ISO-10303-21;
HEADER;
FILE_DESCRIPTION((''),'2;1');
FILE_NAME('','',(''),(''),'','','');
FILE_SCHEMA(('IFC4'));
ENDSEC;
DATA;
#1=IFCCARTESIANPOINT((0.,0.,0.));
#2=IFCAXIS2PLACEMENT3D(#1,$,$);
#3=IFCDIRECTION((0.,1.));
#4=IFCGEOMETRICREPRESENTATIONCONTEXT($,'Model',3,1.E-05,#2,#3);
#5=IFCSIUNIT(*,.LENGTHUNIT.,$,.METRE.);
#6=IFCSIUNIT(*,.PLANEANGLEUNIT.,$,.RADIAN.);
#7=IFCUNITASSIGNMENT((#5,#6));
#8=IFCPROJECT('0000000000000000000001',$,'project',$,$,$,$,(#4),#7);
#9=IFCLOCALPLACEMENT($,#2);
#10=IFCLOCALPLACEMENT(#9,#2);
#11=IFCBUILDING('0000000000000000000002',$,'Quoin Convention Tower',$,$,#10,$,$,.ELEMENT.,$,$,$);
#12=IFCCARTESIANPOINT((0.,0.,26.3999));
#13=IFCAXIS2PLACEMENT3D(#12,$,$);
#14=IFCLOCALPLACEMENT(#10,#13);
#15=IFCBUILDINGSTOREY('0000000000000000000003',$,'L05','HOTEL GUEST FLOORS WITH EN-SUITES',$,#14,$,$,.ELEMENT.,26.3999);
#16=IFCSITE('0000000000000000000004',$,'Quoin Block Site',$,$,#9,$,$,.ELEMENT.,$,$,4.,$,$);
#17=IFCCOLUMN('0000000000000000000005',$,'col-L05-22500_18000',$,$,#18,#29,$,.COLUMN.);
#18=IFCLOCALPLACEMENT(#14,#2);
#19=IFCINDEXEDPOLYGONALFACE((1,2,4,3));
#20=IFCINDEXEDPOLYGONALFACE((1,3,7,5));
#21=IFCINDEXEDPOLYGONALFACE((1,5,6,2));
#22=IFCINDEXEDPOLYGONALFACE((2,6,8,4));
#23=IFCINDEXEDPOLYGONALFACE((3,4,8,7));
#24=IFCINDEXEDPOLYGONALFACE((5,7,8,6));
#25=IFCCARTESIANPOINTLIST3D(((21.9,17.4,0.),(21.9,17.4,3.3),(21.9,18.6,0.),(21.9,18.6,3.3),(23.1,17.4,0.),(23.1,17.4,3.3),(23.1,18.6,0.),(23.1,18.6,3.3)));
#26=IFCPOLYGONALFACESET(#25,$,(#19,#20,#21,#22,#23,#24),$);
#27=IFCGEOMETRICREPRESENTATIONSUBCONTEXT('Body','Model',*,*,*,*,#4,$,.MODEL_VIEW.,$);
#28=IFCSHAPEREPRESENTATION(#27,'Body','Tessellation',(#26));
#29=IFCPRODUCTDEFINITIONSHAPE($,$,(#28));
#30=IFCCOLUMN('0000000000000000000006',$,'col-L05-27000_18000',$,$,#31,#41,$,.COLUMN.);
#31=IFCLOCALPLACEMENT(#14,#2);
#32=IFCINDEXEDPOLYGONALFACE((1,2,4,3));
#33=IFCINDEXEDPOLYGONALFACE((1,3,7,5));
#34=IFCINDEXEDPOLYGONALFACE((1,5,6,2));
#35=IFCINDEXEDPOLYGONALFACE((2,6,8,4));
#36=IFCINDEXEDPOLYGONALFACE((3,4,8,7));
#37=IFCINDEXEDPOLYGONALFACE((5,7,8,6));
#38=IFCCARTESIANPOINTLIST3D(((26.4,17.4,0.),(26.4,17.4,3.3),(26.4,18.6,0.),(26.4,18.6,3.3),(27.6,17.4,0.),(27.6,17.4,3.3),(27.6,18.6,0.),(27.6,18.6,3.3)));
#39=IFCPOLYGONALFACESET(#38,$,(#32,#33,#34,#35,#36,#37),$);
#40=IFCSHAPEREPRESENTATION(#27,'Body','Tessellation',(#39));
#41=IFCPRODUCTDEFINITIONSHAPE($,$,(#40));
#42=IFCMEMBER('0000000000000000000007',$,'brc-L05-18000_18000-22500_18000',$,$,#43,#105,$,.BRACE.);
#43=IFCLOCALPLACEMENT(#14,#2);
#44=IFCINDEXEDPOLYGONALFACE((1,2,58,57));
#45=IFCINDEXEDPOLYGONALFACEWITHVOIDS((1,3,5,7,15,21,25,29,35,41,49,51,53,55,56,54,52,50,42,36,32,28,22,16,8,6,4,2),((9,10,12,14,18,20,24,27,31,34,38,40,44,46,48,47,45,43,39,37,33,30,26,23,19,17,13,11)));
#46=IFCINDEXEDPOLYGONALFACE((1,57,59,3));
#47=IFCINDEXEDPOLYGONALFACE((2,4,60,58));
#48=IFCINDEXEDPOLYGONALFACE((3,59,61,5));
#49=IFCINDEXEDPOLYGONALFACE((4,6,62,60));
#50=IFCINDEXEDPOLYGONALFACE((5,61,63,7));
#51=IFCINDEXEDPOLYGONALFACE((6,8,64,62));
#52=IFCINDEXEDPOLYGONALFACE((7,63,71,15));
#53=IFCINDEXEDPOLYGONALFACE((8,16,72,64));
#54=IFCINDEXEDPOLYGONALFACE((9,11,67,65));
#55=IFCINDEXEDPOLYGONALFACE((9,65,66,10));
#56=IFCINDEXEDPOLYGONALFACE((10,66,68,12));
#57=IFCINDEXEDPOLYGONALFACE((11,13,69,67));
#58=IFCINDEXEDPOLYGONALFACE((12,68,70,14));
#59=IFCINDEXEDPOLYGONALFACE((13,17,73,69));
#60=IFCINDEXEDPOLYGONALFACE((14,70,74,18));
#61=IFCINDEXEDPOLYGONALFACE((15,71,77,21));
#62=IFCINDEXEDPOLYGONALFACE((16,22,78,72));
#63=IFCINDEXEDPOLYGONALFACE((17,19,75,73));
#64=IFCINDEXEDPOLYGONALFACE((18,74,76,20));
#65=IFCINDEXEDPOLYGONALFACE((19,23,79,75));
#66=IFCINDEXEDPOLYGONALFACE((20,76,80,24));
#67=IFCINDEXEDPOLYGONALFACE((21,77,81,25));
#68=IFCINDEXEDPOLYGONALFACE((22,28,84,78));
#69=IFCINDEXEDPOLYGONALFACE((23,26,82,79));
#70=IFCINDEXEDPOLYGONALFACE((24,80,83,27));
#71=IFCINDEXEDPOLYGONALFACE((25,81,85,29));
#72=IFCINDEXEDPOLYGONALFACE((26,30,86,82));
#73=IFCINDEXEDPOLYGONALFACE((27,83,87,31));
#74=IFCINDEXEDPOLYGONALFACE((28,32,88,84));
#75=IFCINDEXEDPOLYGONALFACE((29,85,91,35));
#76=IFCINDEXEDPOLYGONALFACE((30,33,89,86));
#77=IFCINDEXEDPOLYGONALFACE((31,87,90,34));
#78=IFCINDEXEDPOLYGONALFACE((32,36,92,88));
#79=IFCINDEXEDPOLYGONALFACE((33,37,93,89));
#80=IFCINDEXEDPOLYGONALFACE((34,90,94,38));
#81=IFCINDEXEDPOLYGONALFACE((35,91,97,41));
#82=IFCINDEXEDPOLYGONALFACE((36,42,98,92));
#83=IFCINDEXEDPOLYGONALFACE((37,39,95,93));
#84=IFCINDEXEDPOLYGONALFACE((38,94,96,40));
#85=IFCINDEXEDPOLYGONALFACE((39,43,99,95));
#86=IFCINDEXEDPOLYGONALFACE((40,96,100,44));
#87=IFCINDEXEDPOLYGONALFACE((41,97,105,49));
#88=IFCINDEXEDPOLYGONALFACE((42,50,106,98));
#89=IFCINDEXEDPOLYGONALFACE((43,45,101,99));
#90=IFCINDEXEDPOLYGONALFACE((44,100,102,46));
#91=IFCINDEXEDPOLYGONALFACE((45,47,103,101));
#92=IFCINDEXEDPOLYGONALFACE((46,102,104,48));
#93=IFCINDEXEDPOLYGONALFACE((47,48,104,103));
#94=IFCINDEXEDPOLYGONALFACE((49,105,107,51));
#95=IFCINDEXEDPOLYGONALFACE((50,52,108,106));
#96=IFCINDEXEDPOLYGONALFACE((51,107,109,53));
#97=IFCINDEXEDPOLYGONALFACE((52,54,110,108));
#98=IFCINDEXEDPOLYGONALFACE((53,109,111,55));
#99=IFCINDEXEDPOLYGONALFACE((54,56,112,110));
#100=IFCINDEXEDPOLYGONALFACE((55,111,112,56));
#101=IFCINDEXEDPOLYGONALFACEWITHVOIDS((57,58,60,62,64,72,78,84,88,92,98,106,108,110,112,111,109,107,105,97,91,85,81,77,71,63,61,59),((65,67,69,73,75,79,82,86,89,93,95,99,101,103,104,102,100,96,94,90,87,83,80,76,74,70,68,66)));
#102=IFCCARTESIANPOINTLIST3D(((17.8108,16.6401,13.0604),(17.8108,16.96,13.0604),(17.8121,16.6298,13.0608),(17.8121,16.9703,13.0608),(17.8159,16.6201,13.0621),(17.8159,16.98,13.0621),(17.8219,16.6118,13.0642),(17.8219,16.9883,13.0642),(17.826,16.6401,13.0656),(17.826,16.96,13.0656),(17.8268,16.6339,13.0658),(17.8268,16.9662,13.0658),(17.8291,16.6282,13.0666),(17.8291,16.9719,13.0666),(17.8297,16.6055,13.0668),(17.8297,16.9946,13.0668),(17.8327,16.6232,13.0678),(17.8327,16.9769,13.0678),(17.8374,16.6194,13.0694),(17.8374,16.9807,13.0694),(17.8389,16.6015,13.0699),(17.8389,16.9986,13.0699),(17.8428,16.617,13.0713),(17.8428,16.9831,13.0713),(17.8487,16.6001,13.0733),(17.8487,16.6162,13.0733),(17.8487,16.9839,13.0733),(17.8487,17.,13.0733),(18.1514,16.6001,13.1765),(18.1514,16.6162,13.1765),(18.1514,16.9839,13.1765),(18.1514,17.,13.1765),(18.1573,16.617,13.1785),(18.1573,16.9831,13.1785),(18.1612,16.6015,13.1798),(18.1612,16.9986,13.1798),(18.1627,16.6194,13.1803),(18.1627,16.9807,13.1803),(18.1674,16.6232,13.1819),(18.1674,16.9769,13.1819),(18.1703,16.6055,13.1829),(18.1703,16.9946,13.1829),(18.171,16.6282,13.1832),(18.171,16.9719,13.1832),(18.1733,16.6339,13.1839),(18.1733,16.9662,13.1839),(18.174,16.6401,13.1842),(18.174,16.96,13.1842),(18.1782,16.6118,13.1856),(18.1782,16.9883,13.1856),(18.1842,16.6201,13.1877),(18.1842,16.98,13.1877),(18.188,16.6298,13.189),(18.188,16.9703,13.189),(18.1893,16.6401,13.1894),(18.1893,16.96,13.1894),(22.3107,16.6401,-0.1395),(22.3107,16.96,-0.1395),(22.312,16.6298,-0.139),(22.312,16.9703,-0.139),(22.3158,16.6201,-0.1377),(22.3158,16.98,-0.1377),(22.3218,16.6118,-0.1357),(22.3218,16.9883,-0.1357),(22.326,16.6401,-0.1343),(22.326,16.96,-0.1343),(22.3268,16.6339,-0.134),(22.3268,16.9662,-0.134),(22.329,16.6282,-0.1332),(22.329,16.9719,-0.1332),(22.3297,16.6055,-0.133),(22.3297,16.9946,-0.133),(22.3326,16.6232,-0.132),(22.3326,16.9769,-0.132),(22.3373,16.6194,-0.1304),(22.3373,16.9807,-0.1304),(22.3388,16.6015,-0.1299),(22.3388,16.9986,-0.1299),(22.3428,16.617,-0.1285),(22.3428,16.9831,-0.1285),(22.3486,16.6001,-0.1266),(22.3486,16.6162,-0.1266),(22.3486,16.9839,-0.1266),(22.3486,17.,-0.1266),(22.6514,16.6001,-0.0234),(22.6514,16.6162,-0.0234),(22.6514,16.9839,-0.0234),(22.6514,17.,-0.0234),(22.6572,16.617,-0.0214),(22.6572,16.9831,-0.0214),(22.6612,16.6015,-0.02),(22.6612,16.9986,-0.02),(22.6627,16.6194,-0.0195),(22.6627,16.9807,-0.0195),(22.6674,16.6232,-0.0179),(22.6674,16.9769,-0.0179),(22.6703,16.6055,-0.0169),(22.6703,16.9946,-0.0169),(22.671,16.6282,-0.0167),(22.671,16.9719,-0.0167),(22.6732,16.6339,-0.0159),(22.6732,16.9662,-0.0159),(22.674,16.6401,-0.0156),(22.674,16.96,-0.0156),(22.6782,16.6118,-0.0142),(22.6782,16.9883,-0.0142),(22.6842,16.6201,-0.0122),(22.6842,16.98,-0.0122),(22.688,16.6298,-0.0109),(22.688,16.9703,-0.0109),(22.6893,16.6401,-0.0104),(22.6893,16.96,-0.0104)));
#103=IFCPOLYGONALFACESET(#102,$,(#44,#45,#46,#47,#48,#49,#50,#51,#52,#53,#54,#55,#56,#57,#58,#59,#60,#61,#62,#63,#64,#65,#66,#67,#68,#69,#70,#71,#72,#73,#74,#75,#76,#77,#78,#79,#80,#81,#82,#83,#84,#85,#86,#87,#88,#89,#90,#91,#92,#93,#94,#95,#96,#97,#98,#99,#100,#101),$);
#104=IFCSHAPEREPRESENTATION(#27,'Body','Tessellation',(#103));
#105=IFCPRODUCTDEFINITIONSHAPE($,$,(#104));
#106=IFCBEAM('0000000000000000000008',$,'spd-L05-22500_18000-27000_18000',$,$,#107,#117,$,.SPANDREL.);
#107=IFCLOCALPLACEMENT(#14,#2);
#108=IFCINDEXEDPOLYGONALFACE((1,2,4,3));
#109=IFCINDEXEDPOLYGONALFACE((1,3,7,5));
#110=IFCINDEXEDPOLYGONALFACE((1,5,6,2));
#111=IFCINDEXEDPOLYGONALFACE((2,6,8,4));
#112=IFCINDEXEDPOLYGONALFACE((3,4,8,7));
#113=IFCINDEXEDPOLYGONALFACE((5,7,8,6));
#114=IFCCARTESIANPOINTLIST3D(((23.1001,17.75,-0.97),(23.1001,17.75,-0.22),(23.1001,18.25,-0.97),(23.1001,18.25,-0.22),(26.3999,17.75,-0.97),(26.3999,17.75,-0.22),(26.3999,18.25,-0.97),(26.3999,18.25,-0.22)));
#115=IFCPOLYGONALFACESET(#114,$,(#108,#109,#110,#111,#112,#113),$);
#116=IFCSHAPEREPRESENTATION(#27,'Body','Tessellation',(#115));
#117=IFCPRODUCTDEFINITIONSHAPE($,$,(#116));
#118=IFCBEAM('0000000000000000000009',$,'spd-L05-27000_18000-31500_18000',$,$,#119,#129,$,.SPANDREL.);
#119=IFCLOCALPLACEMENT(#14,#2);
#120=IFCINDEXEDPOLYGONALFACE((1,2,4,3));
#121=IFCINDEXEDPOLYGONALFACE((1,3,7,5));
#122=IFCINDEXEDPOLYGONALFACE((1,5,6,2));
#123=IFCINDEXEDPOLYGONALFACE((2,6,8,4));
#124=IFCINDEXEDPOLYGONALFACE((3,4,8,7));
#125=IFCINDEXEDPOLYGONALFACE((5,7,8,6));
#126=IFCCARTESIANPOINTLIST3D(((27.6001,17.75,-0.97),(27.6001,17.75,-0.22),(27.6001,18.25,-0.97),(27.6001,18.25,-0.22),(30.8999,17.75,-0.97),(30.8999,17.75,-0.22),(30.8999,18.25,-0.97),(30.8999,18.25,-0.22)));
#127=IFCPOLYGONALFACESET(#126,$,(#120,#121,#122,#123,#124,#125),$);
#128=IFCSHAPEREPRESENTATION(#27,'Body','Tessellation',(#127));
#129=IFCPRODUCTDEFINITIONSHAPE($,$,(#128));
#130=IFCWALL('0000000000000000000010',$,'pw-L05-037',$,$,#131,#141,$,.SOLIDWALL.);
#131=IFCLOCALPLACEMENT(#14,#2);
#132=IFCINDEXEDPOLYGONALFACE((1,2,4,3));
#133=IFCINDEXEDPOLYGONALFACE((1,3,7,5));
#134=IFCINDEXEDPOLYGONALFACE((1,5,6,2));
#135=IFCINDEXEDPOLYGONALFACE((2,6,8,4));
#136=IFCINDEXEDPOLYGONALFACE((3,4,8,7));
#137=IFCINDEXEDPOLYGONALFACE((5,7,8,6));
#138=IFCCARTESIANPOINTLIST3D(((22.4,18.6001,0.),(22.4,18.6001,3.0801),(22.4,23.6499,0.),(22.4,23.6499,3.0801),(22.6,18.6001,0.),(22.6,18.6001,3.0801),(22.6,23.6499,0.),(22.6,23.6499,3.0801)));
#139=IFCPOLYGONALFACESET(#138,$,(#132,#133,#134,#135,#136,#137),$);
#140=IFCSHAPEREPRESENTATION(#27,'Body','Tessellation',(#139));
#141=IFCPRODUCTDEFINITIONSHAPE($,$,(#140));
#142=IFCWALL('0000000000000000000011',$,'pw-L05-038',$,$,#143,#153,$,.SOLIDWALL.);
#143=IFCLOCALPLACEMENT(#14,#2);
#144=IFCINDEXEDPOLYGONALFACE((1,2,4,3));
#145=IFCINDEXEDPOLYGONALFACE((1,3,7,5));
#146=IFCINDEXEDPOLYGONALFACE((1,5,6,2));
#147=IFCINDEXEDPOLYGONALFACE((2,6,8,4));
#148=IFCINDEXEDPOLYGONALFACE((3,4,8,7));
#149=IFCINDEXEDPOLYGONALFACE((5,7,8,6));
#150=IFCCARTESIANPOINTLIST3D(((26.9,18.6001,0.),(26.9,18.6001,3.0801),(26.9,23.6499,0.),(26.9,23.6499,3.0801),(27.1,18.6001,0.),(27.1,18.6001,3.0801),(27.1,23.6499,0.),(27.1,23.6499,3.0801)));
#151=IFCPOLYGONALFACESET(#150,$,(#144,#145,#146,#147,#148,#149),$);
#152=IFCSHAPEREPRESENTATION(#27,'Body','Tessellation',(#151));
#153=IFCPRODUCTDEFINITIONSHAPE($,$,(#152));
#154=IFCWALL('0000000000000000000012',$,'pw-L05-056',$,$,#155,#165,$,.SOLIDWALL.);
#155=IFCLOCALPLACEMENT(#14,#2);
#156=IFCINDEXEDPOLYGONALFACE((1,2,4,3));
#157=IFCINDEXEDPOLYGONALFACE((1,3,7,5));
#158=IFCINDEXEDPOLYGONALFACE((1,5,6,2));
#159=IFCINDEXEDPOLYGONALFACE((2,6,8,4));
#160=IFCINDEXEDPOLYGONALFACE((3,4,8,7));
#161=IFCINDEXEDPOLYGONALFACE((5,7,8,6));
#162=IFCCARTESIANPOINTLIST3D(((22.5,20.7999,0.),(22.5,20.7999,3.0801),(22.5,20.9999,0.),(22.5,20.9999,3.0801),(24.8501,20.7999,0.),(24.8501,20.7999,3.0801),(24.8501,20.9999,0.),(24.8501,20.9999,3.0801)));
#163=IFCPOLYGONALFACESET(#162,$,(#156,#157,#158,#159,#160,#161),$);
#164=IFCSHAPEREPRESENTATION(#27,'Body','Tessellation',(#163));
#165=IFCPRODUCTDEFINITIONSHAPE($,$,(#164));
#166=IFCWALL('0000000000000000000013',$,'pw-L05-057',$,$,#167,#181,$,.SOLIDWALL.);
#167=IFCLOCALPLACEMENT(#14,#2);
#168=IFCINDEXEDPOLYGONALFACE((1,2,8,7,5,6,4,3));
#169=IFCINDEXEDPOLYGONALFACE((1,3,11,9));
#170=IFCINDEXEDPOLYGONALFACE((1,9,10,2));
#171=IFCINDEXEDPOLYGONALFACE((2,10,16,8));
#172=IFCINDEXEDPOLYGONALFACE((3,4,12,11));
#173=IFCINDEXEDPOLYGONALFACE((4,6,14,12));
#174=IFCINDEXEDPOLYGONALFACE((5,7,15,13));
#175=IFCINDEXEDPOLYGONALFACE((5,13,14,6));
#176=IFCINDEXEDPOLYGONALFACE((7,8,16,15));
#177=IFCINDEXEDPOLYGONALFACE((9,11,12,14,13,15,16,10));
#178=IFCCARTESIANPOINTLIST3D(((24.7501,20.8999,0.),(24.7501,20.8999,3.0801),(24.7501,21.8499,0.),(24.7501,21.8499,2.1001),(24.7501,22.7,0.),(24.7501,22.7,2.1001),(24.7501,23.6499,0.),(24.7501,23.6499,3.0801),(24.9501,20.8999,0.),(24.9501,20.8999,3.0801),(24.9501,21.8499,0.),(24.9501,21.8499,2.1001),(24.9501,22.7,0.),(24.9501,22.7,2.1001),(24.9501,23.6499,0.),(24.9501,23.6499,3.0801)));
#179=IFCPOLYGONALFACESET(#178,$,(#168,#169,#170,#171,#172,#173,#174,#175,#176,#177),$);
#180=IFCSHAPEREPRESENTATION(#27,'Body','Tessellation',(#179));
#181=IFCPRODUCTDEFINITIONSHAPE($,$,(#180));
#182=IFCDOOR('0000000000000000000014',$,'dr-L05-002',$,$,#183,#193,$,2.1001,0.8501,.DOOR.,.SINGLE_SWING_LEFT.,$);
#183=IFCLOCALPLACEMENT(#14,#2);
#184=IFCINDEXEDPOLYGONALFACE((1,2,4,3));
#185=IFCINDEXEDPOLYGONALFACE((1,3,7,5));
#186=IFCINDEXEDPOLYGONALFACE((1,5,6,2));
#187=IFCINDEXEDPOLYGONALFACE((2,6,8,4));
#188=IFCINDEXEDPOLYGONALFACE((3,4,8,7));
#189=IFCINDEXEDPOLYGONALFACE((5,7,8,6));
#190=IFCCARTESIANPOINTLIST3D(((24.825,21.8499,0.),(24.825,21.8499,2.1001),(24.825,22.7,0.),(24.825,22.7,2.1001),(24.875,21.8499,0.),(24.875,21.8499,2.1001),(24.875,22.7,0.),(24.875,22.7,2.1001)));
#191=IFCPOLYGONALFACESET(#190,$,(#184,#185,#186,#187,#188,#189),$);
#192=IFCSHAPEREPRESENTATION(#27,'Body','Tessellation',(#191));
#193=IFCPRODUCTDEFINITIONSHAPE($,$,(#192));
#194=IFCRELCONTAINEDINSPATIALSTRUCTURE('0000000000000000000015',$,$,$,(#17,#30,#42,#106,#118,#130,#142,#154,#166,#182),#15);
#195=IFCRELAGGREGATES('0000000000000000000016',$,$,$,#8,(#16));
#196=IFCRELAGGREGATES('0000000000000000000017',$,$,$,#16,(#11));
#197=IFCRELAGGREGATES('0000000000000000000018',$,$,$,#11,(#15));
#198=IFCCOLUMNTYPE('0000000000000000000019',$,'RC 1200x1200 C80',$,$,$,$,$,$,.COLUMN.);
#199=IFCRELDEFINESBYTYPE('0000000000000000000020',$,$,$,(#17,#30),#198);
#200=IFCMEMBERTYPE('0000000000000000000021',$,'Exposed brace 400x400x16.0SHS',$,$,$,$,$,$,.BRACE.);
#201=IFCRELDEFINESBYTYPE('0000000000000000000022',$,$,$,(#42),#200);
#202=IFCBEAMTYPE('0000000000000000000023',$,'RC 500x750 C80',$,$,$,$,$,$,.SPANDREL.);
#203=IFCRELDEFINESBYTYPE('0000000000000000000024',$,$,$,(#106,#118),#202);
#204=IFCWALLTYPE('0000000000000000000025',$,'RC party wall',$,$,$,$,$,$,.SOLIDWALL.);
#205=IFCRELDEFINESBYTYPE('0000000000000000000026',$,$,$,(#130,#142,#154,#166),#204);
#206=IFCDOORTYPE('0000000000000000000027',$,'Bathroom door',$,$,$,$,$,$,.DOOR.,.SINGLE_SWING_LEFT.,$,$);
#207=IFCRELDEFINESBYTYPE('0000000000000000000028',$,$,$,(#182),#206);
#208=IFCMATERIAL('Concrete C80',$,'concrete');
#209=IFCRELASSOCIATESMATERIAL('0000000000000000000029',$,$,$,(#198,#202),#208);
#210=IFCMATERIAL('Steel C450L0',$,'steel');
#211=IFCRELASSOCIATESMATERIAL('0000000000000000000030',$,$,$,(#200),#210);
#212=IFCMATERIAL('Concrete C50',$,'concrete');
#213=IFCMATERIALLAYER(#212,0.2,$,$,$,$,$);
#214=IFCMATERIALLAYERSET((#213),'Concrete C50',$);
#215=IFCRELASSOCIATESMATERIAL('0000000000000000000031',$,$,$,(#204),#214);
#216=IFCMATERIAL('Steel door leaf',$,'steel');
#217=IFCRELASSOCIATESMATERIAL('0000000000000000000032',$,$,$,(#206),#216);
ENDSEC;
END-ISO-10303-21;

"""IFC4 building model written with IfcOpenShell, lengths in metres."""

from ifc_helpers import new_model, si_unit, direction, frame, frame_2d, origin, origin_2d, place, context, subcontext, project, spatial, rectangle, hollow_rectangle, extrude, material, layer, layer_set, material_profile, profile_set, type_object, element, fill, save


model = new_model("IFC4")

# Units and contexts
model_context = context("Model", 3, precision=1e-05, world=origin(), true_north=direction((0.0, 1.0)))
body_context = subcontext(model_context, "Body", "Model", "MODEL_VIEW")
ifc_project = project(units=[si_unit("LENGTHUNIT", "METRE"), si_unit("PLANEANGLEUNIT", "RADIAN")], contexts=[model_context])

# Site, building, storey
site_placement = place(None, origin())
site = spatial("IfcSite", under=ifc_project, at=site_placement, Name="Quoin Block Site", CompositionType="ELEMENT", RefElevation=4.0)
building_placement = place(site_placement, origin())
building = spatial("IfcBuilding", under=site, at=building_placement, Name="Quoin Convention Tower", CompositionType="ELEMENT")
storey_placement = place(building_placement, frame((0.0, 0.0, 26.3999)))
storey = spatial("IfcBuildingStorey", under=building, at=storey_placement, Name="L05", Description="HOTEL GUEST FLOORS WITH EN-SUITES", CompositionType="ELEMENT", Elevation=26.3999)

# Columns
ifc_material_1 = material(Name="Concrete C80", Category="concrete")
ifc_material_profile_1 = material_profile(ifc_material_1, rectangle(XDim=1.2, YDim=1.2, at=origin_2d()), Name="RC 1200x1200")
ifc_profile_set_1 = profile_set([ifc_material_profile_1], Name="Concrete C80")
column_type = type_object("IfcColumnType", Name="RC 1200x1200 C80", PredefinedType="COLUMN", material=ifc_profile_set_1)
for number, where, z_axis, x_axis, name in (
    (1, (22.5, 18.0, 0.0), (0.0, 0.0, 1.0), (1.0, 0.0, 0.0), "col-L05-22500_18000"),
    (2, (27.0, 18.0, 0.0), (0.0, 0.0, 1.0), (1.0, 0.0, 0.0), "col-L05-27000_18000"),
):
    element("IfcColumn", number, at=place(storey_placement, frame(where, z_axis=z_axis, x_axis=x_axis)), inside=storey, type_object=column_type, Name=name, PredefinedType="COLUMN", context=body_context, shape_type="SweptSolid", body=[
        extrude(rectangle(XDim=1.2, YDim=1.2, at=origin_2d()), origin(), (0.0, 0.0, 1.0), 3.3),
    ])

# Member
ifc_material_2 = material(Name="Steel C450L0", Category="steel")
ifc_material_profile_2 = material_profile(ifc_material_2, hollow_rectangle(XDim=0.3999, YDim=0.3999, WallThickness=0.0161, InnerFilletRadius=0.0239, OuterFilletRadius=0.04, at=origin_2d()), Name="400x400x16.0SHS")
ifc_profile_set_2 = profile_set([ifc_material_profile_2], Name="Steel C450L0")
member_type = type_object("IfcMemberType", Name="Exposed brace 400x400x16.0SHS", PredefinedType="BRACE", material=ifc_profile_set_2)
member_placement = place(storey_placement, frame((22.5, 16.8, -0.075), z_axis=(-0.322675, 0.0, 0.94651), x_axis=(0.0, -1.0, 0.0)))
element("IfcMember", 3, at=member_placement, inside=storey, type_object=member_type, Name="brc-L05-18000_18000-22500_18000", PredefinedType="BRACE", context=body_context, shape_type="SweptSolid", body=[
    extrude(hollow_rectangle(XDim=0.3999, YDim=0.3999, WallThickness=0.0161, InnerFilletRadius=0.0239, OuterFilletRadius=0.04, at=origin_2d()), origin(), (0.0, 0.0, 1.0), 13.9458),
])

# Beams
ifc_material_profile_3 = material_profile(ifc_material_1, rectangle(XDim=0.5, YDim=0.75, at=origin_2d()), Name="RC 500x750")
ifc_profile_set_3 = profile_set([ifc_material_profile_3], Name="Concrete C80")
beam_type = type_object("IfcBeamType", Name="RC 500x750 C80", PredefinedType="SPANDREL", material=ifc_profile_set_3)
for number, where, z_axis, x_axis, name in (
    (4, (23.1001, 18.0, -0.595), (1.0, 0.0, 0.0), (0.0, 1.0, 0.0), "spd-L05-22500_18000-27000_18000"),
    (5, (27.6001, 18.0, -0.595), (1.0, 0.0, 0.0), (0.0, 1.0, 0.0), "spd-L05-27000_18000-31500_18000"),
):
    element("IfcBeam", number, at=place(storey_placement, frame(where, z_axis=z_axis, x_axis=x_axis)), inside=storey, type_object=beam_type, Name=name, PredefinedType="SPANDREL", context=body_context, shape_type="SweptSolid", body=[
        extrude(rectangle(XDim=0.5, YDim=0.75, at=origin_2d()), origin(), (0.0, 0.0, 1.0), 3.2998),
    ])

# Walls
ifc_material_3 = material(Name="Concrete C50", Category="concrete")
ifc_layer_1 = layer(ifc_material_3, 0.2)
ifc_layer_set_1 = layer_set([ifc_layer_1], Name="Concrete C50")
wall_type_1 = type_object("IfcWallType", Name="RC party wall", PredefinedType="SOLIDWALL", material=ifc_layer_set_1)
for number, where, z_axis, x_axis, name in (
    (6, (22.5, 18.6001, 0.0), (0.0, 0.0, 1.0), (0.0, 1.0, 0.0), "pw-L05-037"),
    (7, (27.0, 18.6001, 0.0), (0.0, 0.0, 1.0), (0.0, 1.0, 0.0), "pw-L05-038"),
):
    element("IfcWall", number, at=place(storey_placement, frame(where, z_axis=z_axis, x_axis=x_axis)), inside=storey, type_object=wall_type_1, Name=name, PredefinedType="SOLIDWALL", context=body_context, shape_type="SweptSolid", body=[
        extrude(rectangle(XDim=5.0498, YDim=0.2, at=frame_2d((2.5249, 0.0))), origin(), (0.0, 0.0, 1.0), 3.0801),
    ])
wall_1_placement = place(storey_placement, frame((22.5, 20.8999, 0.0), z_axis=(0.0, 0.0, 1.0), x_axis=(1.0, 0.0, 0.0)))
element("IfcWall", 8, at=wall_1_placement, inside=storey, type_object=wall_type_1, Name="pw-L05-056", PredefinedType="SOLIDWALL", context=body_context, shape_type="SweptSolid", body=[
    extrude(rectangle(XDim=2.3501, YDim=0.2, at=frame_2d((1.175, 0.0))), origin(), (0.0, 0.0, 1.0), 3.0801),
])

# Wall, opening, door
wall_2_placement = place(storey_placement, frame((24.8501, 20.8999, 0.0), z_axis=(0.0, 0.0, 1.0), x_axis=(0.0, 1.0, 0.0)))
wall_2 = element("IfcWall", 9, at=wall_2_placement, inside=storey, type_object=wall_type_1, Name="pw-L05-057", PredefinedType="SOLIDWALL", context=body_context, shape_type="SweptSolid", body=[
    extrude(rectangle(XDim=2.75, YDim=0.2, at=frame_2d((1.375, 0.0))), origin(), (0.0, 0.0, 1.0), 3.0801),
])
opening_1_placement = place(wall_2_placement, frame((0.95, 0.0, 0.0)))
opening_1 = element("IfcOpeningElement", 10, at=opening_1_placement, cuts=wall_2, PredefinedType="OPENING", context=body_context, shape_type="SweptSolid", body=[
    extrude(rectangle(XDim=0.8501, YDim=2.1001, at=frame_2d((0.425, 1.05))), frame((0.0, 0.1099, 0.0), z_axis=(0.0, -1.0, 0.0), x_axis=(1.0, 0.0, 0.0)), (0.0, 0.0, 1.0), 0.22),
])
ifc_material_4 = material(Name="Steel door leaf", Category="steel")
door_type_1 = type_object("IfcDoorType", Name="Bathroom door", OperationType="SINGLE_SWING_LEFT", PredefinedType="DOOR", material=ifc_material_4)
door_1_placement = place(opening_1_placement, frame((0.8501, 0.0, 0.0), z_axis=(0.0, 0.0, 1.0), x_axis=(-1.0, 0.0, 0.0)))
door_1 = element("IfcDoor", 11, at=door_1_placement, inside=storey, type_object=door_type_1, Name="dr-L05-002", OperationType="SINGLE_SWING_LEFT", OverallHeight=2.1001, OverallWidth=0.8501, PredefinedType="DOOR", context=body_context, shape_type="SweptSolid", body=[
    extrude(rectangle(XDim=0.8501, YDim=2.1001, at=frame_2d((0.425, 1.05))), frame((0.0, 0.0249, 0.0), z_axis=(0.0, -1.0, 0.0), x_axis=(1.0, 0.0, 0.0)), (0.0, 0.0, 1.0), 0.05),
])
fill(opening_1, door_1)

save(model, "model.ifc")
